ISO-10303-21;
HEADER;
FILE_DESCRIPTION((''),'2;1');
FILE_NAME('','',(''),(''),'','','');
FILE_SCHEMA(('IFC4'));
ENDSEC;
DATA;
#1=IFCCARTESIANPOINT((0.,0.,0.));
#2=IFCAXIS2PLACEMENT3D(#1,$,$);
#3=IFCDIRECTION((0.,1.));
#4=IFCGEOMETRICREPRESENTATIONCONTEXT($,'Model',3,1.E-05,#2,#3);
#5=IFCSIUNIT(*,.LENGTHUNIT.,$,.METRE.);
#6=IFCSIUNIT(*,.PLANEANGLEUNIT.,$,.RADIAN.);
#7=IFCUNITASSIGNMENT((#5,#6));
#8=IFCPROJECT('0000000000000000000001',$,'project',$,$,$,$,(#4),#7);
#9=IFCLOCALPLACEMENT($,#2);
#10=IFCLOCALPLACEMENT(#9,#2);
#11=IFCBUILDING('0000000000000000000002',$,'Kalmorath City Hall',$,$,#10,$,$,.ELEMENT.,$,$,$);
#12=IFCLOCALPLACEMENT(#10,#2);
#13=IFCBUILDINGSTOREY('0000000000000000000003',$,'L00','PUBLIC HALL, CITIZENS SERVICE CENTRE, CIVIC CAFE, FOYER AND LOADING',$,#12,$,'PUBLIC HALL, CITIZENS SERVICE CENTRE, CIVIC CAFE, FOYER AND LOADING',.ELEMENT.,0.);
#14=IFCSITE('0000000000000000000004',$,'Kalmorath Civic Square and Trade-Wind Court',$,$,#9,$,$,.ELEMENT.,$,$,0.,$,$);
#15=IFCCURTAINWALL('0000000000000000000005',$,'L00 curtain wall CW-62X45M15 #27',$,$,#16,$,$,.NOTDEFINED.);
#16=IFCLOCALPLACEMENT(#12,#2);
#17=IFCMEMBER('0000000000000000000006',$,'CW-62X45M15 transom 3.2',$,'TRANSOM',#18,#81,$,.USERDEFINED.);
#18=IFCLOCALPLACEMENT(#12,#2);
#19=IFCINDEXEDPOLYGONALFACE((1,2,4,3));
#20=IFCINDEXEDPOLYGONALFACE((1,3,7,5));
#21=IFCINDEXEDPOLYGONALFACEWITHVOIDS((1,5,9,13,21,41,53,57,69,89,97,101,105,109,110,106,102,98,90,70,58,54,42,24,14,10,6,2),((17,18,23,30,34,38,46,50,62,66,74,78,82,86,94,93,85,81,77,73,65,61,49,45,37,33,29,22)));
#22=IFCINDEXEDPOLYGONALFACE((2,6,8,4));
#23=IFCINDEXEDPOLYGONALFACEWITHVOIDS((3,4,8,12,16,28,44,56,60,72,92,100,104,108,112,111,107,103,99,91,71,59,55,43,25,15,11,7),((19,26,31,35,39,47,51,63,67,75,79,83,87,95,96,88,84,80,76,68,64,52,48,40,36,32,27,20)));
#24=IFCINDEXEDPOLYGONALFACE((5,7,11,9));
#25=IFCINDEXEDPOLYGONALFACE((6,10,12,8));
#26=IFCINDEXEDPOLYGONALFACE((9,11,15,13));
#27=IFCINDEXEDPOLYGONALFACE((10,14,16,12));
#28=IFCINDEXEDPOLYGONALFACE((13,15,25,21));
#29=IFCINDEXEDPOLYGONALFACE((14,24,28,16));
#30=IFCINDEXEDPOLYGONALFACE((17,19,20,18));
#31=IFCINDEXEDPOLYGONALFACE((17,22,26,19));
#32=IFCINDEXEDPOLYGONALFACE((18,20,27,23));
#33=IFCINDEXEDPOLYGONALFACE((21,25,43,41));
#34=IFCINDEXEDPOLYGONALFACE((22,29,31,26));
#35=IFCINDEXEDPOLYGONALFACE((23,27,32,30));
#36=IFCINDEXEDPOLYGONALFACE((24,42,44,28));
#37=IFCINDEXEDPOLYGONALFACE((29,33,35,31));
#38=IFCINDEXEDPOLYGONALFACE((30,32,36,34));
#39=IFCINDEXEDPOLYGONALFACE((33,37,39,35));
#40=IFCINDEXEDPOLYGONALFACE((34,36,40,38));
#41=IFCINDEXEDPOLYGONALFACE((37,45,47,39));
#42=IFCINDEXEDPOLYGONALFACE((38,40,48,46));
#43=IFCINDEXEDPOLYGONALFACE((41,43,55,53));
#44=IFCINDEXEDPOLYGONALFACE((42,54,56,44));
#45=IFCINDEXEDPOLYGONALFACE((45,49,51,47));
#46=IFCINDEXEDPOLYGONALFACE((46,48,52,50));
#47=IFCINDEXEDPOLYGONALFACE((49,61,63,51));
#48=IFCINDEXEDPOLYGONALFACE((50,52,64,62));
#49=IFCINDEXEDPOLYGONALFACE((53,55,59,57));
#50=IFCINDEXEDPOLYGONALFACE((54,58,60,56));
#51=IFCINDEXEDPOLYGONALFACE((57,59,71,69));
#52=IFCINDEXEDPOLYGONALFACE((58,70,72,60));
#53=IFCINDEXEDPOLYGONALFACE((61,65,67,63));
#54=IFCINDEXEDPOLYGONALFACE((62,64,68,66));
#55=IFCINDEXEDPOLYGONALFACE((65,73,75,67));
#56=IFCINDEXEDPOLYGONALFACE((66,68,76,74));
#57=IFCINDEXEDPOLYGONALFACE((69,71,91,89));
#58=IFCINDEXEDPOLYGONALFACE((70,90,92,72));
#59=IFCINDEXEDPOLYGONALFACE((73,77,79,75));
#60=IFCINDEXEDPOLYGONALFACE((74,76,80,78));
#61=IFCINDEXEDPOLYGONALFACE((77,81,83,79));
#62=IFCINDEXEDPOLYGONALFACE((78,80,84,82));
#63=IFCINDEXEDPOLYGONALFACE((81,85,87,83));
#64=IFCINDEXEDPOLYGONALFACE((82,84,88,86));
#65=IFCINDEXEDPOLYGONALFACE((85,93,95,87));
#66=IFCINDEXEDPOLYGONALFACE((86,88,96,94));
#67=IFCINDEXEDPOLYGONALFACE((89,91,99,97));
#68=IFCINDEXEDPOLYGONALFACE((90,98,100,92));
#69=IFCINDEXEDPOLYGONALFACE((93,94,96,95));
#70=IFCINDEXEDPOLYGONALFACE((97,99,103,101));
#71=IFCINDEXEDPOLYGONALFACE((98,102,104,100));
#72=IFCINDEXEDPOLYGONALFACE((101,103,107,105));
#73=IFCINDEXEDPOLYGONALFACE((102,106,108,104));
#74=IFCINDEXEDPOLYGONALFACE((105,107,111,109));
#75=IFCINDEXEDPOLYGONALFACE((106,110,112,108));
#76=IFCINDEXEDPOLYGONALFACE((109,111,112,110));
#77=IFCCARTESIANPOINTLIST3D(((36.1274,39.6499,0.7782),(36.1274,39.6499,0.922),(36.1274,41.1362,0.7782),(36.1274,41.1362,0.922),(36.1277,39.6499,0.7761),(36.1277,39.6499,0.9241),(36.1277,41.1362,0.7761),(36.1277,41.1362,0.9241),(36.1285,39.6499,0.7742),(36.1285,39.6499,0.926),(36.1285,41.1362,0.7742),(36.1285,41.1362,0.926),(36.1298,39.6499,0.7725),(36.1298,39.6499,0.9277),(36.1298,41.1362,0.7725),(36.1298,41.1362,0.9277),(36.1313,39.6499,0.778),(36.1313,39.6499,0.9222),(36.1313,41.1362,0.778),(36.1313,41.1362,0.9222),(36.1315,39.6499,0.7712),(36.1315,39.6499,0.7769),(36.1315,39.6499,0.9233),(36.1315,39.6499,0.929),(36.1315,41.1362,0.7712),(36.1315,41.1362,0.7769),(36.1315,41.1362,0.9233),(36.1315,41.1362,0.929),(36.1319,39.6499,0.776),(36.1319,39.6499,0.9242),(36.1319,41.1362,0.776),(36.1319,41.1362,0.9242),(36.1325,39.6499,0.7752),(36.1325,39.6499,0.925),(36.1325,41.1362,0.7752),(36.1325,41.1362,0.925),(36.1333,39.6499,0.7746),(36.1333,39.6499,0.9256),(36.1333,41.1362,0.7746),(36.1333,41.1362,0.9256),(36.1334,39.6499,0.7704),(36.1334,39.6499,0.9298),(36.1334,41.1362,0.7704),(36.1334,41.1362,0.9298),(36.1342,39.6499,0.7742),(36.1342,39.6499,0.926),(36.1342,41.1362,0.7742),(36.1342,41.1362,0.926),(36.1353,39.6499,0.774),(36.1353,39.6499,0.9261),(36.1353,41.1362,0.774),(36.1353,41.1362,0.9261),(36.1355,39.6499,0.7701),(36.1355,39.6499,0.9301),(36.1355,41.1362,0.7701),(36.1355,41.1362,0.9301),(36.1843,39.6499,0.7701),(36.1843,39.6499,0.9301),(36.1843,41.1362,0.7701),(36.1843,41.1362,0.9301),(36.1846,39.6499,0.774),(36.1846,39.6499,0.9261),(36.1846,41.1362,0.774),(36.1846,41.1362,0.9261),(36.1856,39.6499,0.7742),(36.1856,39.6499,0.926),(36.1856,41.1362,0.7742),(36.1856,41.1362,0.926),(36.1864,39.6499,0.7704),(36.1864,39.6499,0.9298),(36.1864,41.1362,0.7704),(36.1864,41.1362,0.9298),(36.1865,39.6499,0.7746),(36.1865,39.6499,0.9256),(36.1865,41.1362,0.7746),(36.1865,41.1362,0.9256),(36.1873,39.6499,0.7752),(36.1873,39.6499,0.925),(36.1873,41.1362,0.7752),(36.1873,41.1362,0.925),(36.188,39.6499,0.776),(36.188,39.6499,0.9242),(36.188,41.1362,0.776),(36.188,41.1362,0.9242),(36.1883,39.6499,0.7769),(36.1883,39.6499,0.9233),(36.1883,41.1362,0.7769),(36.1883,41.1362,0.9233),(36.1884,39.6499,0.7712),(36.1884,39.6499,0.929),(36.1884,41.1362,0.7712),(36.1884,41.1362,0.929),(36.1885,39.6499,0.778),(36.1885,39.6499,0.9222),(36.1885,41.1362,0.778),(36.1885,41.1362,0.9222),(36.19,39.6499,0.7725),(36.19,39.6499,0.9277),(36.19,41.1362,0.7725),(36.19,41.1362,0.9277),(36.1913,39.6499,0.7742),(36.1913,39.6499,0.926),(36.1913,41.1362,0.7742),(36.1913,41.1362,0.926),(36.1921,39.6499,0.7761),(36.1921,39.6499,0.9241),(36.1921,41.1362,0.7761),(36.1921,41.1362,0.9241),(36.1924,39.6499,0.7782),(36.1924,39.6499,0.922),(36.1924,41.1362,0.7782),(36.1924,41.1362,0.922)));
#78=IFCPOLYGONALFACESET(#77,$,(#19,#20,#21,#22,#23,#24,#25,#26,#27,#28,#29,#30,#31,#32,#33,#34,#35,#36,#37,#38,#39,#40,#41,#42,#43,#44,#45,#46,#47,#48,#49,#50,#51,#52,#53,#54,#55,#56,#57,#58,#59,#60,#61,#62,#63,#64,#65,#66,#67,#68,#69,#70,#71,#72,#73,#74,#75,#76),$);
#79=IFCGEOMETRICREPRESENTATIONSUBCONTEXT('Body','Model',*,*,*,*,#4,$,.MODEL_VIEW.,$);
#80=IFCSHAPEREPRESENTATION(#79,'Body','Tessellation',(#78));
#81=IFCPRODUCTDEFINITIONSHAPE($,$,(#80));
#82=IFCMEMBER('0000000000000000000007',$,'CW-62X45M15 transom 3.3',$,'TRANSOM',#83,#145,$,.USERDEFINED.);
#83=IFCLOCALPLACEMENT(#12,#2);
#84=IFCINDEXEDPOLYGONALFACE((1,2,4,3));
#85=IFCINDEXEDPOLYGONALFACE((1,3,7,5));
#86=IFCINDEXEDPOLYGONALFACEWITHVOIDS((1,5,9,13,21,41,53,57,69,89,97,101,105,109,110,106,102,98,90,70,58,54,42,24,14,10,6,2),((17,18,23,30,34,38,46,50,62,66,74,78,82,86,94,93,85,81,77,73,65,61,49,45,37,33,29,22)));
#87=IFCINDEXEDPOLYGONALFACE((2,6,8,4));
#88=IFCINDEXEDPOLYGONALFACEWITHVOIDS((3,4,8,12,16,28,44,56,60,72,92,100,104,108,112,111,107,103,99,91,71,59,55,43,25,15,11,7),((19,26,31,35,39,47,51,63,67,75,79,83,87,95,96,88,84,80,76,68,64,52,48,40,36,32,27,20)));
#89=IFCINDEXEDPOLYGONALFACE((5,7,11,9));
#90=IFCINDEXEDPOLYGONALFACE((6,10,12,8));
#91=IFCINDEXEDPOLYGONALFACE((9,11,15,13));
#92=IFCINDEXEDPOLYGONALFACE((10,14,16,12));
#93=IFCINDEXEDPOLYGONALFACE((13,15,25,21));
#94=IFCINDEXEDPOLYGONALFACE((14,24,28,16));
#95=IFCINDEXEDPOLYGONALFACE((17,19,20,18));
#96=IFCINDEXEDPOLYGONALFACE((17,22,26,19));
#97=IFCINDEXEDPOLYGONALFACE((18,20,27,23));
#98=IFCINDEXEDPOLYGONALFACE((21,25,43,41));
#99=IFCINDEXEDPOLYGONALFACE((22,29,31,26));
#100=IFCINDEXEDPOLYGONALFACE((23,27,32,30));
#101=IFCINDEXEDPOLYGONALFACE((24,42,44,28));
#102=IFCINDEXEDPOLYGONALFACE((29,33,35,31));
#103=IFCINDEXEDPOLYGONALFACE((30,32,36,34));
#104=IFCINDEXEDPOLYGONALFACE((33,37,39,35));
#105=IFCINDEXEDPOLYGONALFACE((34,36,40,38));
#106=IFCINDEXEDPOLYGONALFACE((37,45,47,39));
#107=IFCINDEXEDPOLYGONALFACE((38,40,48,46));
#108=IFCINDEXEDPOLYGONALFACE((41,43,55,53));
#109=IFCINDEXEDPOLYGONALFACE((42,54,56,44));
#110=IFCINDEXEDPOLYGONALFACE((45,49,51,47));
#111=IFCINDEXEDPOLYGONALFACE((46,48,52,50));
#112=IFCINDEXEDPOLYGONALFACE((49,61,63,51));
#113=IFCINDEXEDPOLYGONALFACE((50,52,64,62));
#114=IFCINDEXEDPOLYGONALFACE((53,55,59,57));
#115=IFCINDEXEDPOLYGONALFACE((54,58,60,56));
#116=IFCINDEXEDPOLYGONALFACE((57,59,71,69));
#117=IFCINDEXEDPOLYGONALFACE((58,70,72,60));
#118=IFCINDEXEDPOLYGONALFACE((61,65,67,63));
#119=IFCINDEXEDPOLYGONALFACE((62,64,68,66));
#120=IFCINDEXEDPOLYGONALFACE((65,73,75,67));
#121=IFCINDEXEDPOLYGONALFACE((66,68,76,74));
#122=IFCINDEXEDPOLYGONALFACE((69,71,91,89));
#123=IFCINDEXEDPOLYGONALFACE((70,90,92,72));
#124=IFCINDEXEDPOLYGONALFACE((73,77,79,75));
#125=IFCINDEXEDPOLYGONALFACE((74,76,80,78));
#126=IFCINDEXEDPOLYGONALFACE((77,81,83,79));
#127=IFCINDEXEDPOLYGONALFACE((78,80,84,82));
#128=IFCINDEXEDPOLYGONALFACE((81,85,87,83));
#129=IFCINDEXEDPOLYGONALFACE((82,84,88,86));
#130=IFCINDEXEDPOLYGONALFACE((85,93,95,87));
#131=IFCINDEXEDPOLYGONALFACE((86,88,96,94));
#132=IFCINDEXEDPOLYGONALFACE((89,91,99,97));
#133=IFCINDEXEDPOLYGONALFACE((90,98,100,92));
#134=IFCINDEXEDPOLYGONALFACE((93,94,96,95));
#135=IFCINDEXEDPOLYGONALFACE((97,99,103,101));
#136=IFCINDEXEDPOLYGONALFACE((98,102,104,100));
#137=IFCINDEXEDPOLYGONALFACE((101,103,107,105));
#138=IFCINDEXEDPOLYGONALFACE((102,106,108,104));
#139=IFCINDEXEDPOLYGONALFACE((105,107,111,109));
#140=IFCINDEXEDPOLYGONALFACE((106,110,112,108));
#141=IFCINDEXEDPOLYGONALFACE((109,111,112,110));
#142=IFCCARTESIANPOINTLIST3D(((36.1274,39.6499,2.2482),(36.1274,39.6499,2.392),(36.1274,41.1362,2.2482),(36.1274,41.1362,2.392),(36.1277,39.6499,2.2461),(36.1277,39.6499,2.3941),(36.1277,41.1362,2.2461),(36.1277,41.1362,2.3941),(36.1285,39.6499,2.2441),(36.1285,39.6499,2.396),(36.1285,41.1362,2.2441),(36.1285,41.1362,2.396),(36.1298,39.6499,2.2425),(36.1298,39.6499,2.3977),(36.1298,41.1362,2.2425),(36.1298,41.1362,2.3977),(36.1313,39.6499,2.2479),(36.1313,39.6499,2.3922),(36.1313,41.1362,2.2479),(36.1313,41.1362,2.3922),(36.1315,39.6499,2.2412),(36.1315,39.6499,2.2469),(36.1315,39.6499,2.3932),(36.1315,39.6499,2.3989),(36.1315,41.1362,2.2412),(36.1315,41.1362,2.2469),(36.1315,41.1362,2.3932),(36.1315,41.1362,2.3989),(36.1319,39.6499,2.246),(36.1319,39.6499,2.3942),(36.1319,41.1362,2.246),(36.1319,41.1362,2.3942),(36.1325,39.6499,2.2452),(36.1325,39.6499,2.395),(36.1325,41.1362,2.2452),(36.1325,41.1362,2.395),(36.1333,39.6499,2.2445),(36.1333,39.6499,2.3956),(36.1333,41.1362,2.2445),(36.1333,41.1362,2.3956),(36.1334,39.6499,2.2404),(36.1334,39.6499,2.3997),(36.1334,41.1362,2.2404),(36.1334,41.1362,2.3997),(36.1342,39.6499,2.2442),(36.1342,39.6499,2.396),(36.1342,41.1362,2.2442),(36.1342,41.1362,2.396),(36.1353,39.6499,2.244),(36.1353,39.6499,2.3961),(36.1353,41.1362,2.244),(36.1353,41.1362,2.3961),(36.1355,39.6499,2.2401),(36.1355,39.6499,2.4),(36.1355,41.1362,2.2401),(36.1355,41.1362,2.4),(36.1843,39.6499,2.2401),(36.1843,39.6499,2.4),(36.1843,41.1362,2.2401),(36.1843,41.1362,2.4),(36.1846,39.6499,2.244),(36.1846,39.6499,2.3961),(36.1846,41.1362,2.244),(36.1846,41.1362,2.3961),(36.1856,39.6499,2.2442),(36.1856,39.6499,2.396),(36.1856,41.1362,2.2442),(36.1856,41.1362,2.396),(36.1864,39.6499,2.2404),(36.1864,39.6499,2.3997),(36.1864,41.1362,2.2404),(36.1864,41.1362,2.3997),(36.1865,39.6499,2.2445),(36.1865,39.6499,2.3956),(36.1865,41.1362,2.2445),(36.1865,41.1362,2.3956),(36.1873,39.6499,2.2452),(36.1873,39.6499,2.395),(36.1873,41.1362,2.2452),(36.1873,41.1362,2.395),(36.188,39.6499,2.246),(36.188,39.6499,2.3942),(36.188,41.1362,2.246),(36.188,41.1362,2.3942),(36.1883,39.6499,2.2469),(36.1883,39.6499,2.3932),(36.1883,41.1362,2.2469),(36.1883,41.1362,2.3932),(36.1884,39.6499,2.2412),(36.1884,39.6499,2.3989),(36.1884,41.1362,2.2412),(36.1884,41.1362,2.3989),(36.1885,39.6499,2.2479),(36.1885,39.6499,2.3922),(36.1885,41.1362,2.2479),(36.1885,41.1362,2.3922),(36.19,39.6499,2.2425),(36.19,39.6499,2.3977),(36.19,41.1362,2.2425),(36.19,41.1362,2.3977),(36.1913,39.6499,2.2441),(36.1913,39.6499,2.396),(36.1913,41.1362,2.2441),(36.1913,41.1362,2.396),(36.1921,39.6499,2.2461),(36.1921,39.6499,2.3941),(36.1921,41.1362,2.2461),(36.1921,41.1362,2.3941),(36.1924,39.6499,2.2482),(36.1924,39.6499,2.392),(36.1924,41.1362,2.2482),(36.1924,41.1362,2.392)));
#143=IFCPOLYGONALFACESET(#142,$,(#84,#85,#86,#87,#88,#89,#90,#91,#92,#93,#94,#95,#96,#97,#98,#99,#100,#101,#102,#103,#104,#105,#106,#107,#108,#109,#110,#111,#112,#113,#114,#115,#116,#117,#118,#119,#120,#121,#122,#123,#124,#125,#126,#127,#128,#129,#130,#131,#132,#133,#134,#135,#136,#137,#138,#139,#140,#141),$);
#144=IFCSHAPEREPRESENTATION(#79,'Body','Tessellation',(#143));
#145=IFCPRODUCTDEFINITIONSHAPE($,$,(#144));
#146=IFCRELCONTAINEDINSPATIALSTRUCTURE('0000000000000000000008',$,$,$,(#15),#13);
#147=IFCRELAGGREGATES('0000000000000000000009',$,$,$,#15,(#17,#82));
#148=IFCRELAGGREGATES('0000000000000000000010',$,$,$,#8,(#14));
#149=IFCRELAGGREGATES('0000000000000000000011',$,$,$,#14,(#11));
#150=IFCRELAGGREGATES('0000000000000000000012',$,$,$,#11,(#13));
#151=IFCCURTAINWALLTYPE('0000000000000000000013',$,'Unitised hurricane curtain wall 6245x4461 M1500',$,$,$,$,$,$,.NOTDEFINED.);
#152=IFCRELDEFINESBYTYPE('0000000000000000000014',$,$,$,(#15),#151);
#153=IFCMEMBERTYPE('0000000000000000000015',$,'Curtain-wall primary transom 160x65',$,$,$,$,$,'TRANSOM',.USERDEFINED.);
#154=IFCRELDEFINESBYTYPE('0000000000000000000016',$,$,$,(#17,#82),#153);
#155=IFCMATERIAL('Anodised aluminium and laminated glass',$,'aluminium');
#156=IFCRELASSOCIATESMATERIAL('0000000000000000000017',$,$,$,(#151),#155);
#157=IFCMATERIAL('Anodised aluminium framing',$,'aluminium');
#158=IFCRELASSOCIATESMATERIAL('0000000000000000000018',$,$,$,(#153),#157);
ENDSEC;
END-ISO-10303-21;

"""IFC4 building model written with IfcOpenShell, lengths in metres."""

from ifc_helpers import new_model, si_unit, direction, frame, origin, origin_2d, place, context, subcontext, project, spatial, hollow_rectangle, extrude, material, material_profile, profile_set, type_object, element, aggregate, save


model = new_model("IFC4")

# Units and contexts
model_context = context("Model", 3, precision=1e-05, world=origin(), true_north=direction((0.0, 1.0)))
body_context = subcontext(model_context, "Body", "Model", "MODEL_VIEW")
ifc_project = project(units=[si_unit("LENGTHUNIT", "METRE"), si_unit("PLANEANGLEUNIT", "RADIAN")], contexts=[model_context])

# Site, building, storey
site_placement = place(None, origin())
site = spatial("IfcSite", under=ifc_project, at=site_placement, Name="Kalmorath Civic Square and Trade-Wind Court", CompositionType="ELEMENT", RefElevation=0.0)
building_placement = place(site_placement, origin())
building = spatial("IfcBuilding", under=site, at=building_placement, Name="Kalmorath City Hall", CompositionType="ELEMENT")
storey_placement = place(building_placement, origin())
storey = spatial("IfcBuildingStorey", under=building, at=storey_placement, Name="L00", Description="PUBLIC HALL, CITIZENS SERVICE CENTRE, CIVIC CAFE, FOYER AND LOADING", LongName="PUBLIC HALL, CITIZENS SERVICE CENTRE, CIVIC CAFE, FOYER AND LOADING", CompositionType="ELEMENT", Elevation=0.0)

# Curtain wall, members
ifc_material_1 = material(Name="Anodised aluminium and laminated glass", Category="aluminium")
curtain_wall_type_1 = type_object("IfcCurtainWallType", Name="Unitised hurricane curtain wall 6245x4461 M1500", PredefinedType="NOTDEFINED", material=ifc_material_1)
curtain_wall_1_placement = place(storey_placement, origin())
curtain_wall_1 = element("IfcCurtainWall", 1, at=curtain_wall_1_placement, inside=storey, type_object=curtain_wall_type_1, Name="L00 curtain wall CW-62X45M15 #27", PredefinedType="NOTDEFINED")
ifc_material_2 = material(Name="Anodised aluminium framing", Category="aluminium")
ifc_material_profile_1 = material_profile(ifc_material_2, hollow_rectangle(XDim=0.0649, YDim=0.1599, WallThickness=0.0039, InnerFilletRadius=0.0039, OuterFilletRadius=0.0081, at=origin_2d()), Name="ALU-TRN-160X65X4")
ifc_profile_set_1 = profile_set([ifc_material_profile_1], Name="Anodised aluminium framing")
member_type_1 = type_object("IfcMemberType", Name="Curtain-wall primary transom 160x65", ElementType="TRANSOM", PredefinedType="USERDEFINED", material=ifc_profile_set_1)
member_1_placement = place(storey_placement, frame((36.1599, 39.6499, 0.8501), z_axis=(0.0, 1.0, 0.0), x_axis=(-1.0, 0.0, 0.0)))
member_1 = element("IfcMember", 2, at=member_1_placement, type_object=member_type_1, Name="CW-62X45M15 transom 3.2", ObjectType="TRANSOM", PredefinedType="USERDEFINED", context=body_context, shape_type="SweptSolid", body=[
    extrude(hollow_rectangle(XDim=0.0649, YDim=0.1599, WallThickness=0.0039, InnerFilletRadius=0.0039, OuterFilletRadius=0.0081, at=origin_2d()), origin(), (0.0, 0.0, 1.0), 1.4863),
])
member_2_placement = place(storey_placement, frame((36.1599, 39.6499, 2.3201), z_axis=(0.0, 1.0, 0.0), x_axis=(-1.0, 0.0, 0.0)))
member_2 = element("IfcMember", 3, at=member_2_placement, type_object=member_type_1, Name="CW-62X45M15 transom 3.3", ObjectType="TRANSOM", PredefinedType="USERDEFINED", context=body_context, shape_type="SweptSolid", body=[
    extrude(hollow_rectangle(XDim=0.0649, YDim=0.1599, WallThickness=0.0039, InnerFilletRadius=0.0039, OuterFilletRadius=0.0081, at=origin_2d()), origin(), (0.0, 0.0, 1.0), 1.4863),
])

aggregate(curtain_wall_1, [member_1, member_2])

save(model, "model.ifc")
